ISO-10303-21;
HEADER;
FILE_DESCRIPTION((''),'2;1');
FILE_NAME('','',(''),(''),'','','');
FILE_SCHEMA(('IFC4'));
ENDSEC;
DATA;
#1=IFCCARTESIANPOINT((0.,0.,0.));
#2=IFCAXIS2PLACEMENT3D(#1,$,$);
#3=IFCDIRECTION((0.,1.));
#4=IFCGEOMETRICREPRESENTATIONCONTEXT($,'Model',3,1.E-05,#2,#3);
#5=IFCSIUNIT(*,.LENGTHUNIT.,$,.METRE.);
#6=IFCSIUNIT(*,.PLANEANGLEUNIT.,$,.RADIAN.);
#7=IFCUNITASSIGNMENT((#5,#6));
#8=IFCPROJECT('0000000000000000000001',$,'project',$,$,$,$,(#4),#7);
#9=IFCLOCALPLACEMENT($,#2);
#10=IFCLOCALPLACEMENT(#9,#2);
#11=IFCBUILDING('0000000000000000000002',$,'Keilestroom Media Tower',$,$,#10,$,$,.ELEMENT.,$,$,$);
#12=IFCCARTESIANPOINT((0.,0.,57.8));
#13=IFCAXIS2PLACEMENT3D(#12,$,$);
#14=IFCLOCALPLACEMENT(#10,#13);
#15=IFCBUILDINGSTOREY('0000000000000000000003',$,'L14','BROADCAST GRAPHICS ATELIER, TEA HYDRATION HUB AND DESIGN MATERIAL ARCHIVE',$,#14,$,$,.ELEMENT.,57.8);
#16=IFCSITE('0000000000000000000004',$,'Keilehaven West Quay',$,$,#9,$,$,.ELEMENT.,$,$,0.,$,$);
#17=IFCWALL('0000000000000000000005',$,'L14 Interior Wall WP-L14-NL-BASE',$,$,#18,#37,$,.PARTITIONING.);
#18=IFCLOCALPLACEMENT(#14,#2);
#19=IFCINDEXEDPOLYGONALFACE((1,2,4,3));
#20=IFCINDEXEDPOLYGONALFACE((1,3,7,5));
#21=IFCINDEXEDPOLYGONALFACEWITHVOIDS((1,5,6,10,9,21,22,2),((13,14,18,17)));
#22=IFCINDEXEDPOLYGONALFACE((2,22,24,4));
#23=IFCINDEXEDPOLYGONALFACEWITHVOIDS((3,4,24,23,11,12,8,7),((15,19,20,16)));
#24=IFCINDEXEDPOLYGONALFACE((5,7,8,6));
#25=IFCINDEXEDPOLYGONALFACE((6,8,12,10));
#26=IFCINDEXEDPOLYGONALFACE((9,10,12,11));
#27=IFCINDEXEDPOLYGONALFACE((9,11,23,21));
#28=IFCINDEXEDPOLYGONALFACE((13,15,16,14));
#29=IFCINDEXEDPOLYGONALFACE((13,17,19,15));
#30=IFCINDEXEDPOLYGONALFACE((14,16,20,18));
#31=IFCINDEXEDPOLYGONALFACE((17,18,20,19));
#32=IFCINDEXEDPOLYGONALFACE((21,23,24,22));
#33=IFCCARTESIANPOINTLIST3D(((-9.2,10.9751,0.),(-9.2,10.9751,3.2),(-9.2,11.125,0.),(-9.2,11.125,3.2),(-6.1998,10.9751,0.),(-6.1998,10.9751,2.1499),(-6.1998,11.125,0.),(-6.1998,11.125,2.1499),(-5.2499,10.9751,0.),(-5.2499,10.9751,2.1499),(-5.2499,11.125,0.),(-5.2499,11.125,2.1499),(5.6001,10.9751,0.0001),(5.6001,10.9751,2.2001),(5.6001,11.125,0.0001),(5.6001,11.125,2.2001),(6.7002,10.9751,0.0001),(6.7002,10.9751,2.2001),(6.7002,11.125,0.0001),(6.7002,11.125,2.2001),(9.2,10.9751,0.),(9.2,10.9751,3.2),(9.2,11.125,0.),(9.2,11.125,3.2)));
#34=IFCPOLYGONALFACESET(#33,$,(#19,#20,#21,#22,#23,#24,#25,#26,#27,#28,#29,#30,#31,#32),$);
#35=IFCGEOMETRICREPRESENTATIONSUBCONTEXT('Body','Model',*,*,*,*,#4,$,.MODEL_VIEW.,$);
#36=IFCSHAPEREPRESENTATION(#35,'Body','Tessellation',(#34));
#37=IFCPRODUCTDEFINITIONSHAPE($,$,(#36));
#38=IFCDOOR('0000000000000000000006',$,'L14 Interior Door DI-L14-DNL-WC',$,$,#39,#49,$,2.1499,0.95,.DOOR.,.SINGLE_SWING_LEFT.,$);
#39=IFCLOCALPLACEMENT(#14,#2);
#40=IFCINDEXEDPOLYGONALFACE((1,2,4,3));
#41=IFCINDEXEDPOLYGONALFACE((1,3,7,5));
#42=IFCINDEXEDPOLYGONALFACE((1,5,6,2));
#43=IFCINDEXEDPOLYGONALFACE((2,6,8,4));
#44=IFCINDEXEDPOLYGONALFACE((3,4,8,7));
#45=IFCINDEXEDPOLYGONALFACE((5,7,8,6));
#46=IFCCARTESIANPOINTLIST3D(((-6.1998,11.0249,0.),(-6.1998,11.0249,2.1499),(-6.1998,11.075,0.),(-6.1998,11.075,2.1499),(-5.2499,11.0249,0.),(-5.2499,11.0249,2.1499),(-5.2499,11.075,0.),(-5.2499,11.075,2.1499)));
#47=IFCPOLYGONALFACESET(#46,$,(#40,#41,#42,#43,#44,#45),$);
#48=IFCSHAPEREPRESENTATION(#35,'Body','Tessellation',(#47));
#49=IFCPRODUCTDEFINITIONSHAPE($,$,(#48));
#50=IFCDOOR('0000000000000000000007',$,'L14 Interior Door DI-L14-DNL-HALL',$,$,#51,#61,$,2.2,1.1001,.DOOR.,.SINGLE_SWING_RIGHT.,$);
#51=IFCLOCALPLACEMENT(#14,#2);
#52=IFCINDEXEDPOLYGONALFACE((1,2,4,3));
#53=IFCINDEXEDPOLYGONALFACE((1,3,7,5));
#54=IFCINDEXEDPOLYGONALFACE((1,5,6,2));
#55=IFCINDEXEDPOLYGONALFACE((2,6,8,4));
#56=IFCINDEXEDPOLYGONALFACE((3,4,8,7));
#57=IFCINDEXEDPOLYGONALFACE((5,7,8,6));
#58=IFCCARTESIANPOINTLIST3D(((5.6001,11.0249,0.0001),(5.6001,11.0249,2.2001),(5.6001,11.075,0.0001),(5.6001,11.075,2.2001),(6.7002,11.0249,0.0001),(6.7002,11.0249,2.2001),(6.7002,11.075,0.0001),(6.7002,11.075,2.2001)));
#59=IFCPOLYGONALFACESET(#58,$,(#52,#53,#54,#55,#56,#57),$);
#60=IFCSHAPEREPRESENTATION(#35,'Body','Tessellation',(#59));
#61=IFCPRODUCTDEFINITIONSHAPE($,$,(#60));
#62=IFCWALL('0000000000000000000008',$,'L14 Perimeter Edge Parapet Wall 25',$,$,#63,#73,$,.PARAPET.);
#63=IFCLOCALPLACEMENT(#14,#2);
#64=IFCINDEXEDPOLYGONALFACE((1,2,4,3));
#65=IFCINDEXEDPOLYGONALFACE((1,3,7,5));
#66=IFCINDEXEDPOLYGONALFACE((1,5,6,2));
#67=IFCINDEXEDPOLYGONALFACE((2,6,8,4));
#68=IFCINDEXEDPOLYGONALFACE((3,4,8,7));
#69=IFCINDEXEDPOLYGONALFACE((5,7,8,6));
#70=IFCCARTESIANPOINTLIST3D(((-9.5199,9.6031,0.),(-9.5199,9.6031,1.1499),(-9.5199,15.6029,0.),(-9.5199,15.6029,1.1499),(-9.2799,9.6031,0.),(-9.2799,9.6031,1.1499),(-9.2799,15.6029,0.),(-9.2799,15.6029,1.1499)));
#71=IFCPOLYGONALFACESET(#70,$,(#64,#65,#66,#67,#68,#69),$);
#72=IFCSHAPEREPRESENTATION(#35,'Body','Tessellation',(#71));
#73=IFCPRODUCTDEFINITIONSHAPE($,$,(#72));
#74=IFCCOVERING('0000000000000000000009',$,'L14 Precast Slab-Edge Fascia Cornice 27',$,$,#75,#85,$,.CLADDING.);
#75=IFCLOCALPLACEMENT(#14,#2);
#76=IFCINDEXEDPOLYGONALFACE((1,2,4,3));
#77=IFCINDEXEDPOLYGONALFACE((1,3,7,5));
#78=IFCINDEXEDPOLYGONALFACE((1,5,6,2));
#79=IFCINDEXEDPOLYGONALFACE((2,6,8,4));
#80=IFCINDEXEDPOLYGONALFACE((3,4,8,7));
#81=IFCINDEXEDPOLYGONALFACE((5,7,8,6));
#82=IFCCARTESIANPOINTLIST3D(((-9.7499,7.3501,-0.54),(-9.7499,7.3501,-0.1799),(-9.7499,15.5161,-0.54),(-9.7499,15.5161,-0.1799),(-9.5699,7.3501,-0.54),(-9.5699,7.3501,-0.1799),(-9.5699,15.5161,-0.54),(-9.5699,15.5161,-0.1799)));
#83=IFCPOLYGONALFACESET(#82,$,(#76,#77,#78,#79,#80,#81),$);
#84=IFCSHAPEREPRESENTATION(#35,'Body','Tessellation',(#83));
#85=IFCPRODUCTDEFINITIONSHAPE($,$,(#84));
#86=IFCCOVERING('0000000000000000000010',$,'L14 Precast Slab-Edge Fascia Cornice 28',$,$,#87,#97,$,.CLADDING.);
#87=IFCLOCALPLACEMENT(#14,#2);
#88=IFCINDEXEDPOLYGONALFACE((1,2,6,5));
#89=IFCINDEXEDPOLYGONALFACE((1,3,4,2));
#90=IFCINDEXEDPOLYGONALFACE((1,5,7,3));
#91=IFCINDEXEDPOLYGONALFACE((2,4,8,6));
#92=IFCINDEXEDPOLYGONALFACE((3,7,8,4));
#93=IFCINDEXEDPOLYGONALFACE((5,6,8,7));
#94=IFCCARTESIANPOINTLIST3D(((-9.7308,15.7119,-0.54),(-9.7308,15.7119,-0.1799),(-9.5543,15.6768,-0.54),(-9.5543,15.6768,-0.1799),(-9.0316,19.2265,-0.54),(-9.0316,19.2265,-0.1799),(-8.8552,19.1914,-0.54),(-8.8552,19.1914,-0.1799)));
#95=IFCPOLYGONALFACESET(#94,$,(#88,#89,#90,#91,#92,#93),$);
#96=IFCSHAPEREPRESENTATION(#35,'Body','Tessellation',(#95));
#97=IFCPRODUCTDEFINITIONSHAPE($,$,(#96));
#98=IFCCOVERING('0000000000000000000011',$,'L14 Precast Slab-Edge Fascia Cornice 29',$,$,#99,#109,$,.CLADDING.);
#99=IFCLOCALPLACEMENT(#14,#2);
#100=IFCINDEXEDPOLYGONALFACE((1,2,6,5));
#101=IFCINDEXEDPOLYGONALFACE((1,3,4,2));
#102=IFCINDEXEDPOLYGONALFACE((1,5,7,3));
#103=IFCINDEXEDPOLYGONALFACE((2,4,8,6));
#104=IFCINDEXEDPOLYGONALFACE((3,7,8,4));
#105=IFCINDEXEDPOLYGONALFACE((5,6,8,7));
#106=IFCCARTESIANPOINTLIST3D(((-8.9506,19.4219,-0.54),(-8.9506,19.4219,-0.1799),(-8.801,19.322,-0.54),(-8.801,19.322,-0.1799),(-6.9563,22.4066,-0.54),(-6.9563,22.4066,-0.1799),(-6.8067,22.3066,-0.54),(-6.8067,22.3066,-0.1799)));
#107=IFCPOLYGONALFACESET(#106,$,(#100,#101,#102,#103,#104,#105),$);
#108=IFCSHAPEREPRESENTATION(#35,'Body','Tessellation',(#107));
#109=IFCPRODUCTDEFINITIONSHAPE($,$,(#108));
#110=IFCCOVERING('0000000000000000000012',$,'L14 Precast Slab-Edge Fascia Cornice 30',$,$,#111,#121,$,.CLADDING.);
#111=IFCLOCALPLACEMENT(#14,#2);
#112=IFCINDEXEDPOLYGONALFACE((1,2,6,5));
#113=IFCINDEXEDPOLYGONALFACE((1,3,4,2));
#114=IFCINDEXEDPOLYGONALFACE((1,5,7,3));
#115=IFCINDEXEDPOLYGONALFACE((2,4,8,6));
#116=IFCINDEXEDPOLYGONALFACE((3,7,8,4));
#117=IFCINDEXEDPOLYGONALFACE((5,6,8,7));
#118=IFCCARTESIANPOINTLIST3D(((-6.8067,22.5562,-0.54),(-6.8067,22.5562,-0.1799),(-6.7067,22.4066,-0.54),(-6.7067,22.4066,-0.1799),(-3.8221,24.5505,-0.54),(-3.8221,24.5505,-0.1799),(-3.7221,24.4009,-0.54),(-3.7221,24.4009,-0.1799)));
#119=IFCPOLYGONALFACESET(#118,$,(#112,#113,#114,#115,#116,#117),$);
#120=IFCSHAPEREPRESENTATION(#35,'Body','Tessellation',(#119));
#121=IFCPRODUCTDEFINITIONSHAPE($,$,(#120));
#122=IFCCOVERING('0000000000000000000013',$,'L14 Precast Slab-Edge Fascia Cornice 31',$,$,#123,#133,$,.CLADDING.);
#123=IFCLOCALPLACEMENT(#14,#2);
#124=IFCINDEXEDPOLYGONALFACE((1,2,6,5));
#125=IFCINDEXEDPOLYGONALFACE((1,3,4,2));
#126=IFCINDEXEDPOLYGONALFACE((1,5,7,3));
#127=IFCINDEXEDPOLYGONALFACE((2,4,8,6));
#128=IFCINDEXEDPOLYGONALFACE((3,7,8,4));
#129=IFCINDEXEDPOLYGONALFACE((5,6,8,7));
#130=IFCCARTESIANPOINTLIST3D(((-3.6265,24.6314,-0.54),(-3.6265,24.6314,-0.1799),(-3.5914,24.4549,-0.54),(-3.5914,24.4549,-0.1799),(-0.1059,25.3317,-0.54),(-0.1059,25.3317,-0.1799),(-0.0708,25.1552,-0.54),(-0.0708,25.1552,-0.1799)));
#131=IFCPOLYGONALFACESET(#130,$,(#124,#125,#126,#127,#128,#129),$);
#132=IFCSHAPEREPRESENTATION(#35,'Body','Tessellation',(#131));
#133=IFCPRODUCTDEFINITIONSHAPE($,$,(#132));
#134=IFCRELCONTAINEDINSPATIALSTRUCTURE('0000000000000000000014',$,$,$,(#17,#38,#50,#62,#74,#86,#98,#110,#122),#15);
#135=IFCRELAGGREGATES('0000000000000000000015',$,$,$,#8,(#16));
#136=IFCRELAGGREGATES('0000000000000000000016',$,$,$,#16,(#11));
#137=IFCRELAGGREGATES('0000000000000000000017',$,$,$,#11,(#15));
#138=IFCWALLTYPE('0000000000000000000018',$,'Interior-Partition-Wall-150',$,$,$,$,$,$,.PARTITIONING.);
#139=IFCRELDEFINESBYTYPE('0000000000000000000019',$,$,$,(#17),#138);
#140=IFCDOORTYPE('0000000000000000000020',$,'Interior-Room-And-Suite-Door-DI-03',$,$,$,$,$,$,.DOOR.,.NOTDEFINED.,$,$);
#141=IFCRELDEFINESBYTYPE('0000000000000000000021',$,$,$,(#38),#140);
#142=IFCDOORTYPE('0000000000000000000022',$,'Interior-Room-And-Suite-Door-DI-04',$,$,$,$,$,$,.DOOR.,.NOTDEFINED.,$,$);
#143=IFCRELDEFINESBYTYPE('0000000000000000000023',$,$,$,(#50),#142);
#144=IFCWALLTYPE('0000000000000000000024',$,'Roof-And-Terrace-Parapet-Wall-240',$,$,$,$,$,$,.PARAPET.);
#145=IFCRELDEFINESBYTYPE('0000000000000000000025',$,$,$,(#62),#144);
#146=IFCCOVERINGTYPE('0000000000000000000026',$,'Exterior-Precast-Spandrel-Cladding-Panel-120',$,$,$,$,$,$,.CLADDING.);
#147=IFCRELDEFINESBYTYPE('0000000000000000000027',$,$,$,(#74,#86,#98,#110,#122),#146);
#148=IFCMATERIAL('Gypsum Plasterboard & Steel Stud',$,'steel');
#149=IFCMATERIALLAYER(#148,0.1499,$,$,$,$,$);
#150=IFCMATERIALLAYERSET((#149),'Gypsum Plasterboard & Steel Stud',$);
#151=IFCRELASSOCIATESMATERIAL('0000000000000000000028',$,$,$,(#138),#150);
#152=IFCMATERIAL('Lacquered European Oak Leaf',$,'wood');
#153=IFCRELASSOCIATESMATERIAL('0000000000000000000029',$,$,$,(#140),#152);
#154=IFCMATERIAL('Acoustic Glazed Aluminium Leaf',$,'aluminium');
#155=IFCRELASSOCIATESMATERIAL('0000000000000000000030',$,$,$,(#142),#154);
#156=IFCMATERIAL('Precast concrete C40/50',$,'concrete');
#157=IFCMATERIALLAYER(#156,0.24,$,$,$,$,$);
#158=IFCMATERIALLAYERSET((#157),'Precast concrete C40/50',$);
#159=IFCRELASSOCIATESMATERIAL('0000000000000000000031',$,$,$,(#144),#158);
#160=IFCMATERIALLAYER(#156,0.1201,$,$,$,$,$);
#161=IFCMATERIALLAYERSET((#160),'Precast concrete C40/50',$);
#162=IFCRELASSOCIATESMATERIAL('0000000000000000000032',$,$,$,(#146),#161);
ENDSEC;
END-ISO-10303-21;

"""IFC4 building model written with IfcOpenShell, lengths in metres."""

from ifc_helpers import new_model, si_unit, direction, frame, frame_2d, origin, origin_2d, place, context, subcontext, project, spatial, rectangle, extrude, source, transform, mapped, material, layer, layer_set, type_object, element, fill, save


model = new_model("IFC4")

# Units and contexts
model_context = context("Model", 3, precision=1e-05, world=origin(), true_north=direction((0.0, 1.0)))
body_context = subcontext(model_context, "Body", "Model", "MODEL_VIEW")
ifc_project = project(units=[si_unit("LENGTHUNIT", "METRE"), si_unit("PLANEANGLEUNIT", "RADIAN")], contexts=[model_context])

# Site, building, storey
site_placement = place(None, origin())
site = spatial("IfcSite", under=ifc_project, at=site_placement, Name="Keilehaven West Quay", CompositionType="ELEMENT", RefElevation=0.0)
building_placement = place(site_placement, origin())
building = spatial("IfcBuilding", under=site, at=building_placement, Name="Keilestroom Media Tower", CompositionType="ELEMENT")
storey_placement = place(building_placement, frame((0.0, 0.0, 57.8)))
storey = spatial("IfcBuildingStorey", under=building, at=storey_placement, Name="L14", Description="BROADCAST GRAPHICS ATELIER, TEA HYDRATION HUB AND DESIGN MATERIAL ARCHIVE", CompositionType="ELEMENT", Elevation=57.8)

# Shared definitions
ifc_material_1 = material(Name="Precast concrete C40/50", Category="concrete")
ifc_material_2 = material(Name="Gypsum Plasterboard & Steel Stud", Category="steel")

# Wall, openings, doors
ifc_layer_1 = layer(ifc_material_2, 0.1499)
ifc_layer_set_1 = layer_set([ifc_layer_1], Name="Gypsum Plasterboard & Steel Stud")
wall_type_1 = type_object("IfcWallType", Name="Interior-Partition-Wall-150", PredefinedType="PARTITIONING", material=ifc_layer_set_1)
wall_1_placement = place(storey_placement, frame((-9.2, 11.05, 0.0), z_axis=(0.0, 0.0, 1.0), x_axis=(1.0, 0.0, 0.0)))
wall_1 = element("IfcWall", 1, at=wall_1_placement, inside=storey, type_object=wall_type_1, Name="L14 Interior Wall WP-L14-NL-BASE", PredefinedType="PARTITIONING", context=body_context, shape_type="SweptSolid", body=[
    extrude(rectangle(XDim=18.3999, YDim=0.1499, at=frame_2d((9.2, 0.0))), origin(), (0.0, 0.0, 1.0), 3.2),
])
opening_1_placement = place(wall_1_placement, frame((3.0, 0.0, 0.0)))
opening_1 = element("IfcOpeningElement", 2, at=opening_1_placement, cuts=wall_1, PredefinedType="OPENING", context=body_context, shape_type="SweptSolid", body=[
    extrude(rectangle(XDim=0.95, YDim=2.1499, at=frame_2d((0.4751, 1.075))), frame((0.0, 0.085, 0.0), z_axis=(0.0, -1.0, 0.0), x_axis=(1.0, 0.0, 0.0)), (0.0, 0.0, 1.0), 0.1699),
])
opening_2_placement = place(wall_1_placement, frame((14.8, 0.0, 0.0)))
opening_2 = element("IfcOpeningElement", 3, at=opening_2_placement, cuts=wall_1, PredefinedType="OPENING", context=body_context, shape_type="SweptSolid", body=[
    extrude(rectangle(XDim=1.1001, YDim=2.2, at=frame_2d((0.55, 1.1001))), frame((0.0, 0.085, 0.0), z_axis=(0.0, -1.0, 0.0), x_axis=(1.0, 0.0, 0.0)), (0.0, 0.0, 1.0), 0.1699),
])
ifc_material_3 = material(Name="Lacquered European Oak Leaf", Category="wood")
door_type_1 = type_object("IfcDoorType", Name="Interior-Room-And-Suite-Door-DI-03", OperationType="NOTDEFINED", PredefinedType="DOOR", material=ifc_material_3)
shared_shape_1 = source(origin(), body_context, "Body", "SweptSolid", [
    extrude(rectangle(XDim=0.95, YDim=2.1499, at=frame_2d((0.4751, 1.075))), frame((0.0, 0.0249, 0.0), z_axis=(0.0, -1.0, 0.0), x_axis=(1.0, 0.0, 0.0)), (0.0, 0.0, 1.0), 0.05),
])
door_1_placement = place(opening_1_placement, origin())
door_1 = element("IfcDoor", 4, at=door_1_placement, inside=storey, type_object=door_type_1, Name="L14 Interior Door DI-L14-DNL-WC", OperationType="SINGLE_SWING_LEFT", OverallHeight=2.1499, OverallWidth=0.95, PredefinedType="DOOR", context=body_context, shape_type="MappedRepresentation", body=[
    mapped(shared_shape_1, transform((0.0, 0.0, 0.0), x_axis=(1.0, 0.0, 0.0), y_axis=(0.0, 1.0, 0.0), z_axis=(0.0, 0.0, 1.0), scale=1.0)),
])
fill(opening_1, door_1)
ifc_material_4 = material(Name="Acoustic Glazed Aluminium Leaf", Category="aluminium")
door_type_2 = type_object("IfcDoorType", Name="Interior-Room-And-Suite-Door-DI-04", OperationType="NOTDEFINED", PredefinedType="DOOR", material=ifc_material_4)
shared_shape_2 = source(origin(), body_context, "Body", "SweptSolid", [
    extrude(rectangle(XDim=1.1001, YDim=2.2, at=frame_2d((0.55, 1.1001))), frame((0.0, 0.0249, 0.0), z_axis=(0.0, -1.0, 0.0), x_axis=(1.0, 0.0, 0.0)), (0.0, 0.0, 1.0), 0.05),
])
door_2_placement = place(opening_2_placement, origin())
door_2 = element("IfcDoor", 5, at=door_2_placement, inside=storey, type_object=door_type_2, Name="L14 Interior Door DI-L14-DNL-HALL", OperationType="SINGLE_SWING_RIGHT", OverallHeight=2.2, OverallWidth=1.1001, PredefinedType="DOOR", context=body_context, shape_type="MappedRepresentation", body=[
    mapped(shared_shape_2, transform((0.0, 0.0, 0.0), x_axis=(1.0, 0.0, 0.0), y_axis=(0.0, 1.0, 0.0), z_axis=(0.0, 0.0, 1.0), scale=1.0)),
])
fill(opening_2, door_2)

# Wall
ifc_layer_2 = layer(ifc_material_1, 0.24)
ifc_layer_set_2 = layer_set([ifc_layer_2], Name="Precast concrete C40/50")
wall_type_2 = type_object("IfcWallType", Name="Roof-And-Terrace-Parapet-Wall-240", PredefinedType="PARAPET", material=ifc_layer_set_2)
wall_2_placement = place(storey_placement, frame((-9.3999, 9.603, 0.0), z_axis=(0.0, 0.0, 1.0), x_axis=(0.0, 1.0, 0.0)))
element("IfcWall", 6, at=wall_2_placement, inside=storey, type_object=wall_type_2, Name="L14 Perimeter Edge Parapet Wall 25", PredefinedType="PARAPET", context=body_context, shape_type="SweptSolid", body=[
    extrude(rectangle(XDim=5.9998, YDim=0.24, at=frame_2d((3.0, 0.0))), origin(), (0.0, 0.0, 1.0), 1.1499),
])

# Coverings
ifc_layer_3 = layer(ifc_material_1, 0.1201)
ifc_layer_set_3 = layer_set([ifc_layer_3], Name="Precast concrete C40/50")
covering_type = type_object("IfcCoveringType", Name="Exterior-Precast-Spandrel-Cladding-Panel-120", PredefinedType="CLADDING", material=ifc_layer_set_3)
shared_shape_3 = source(origin(), body_context, "Body", "SweptSolid", [
    extrude(rectangle(XDim=8.166, YDim=0.1799, at=origin_2d()), origin(), (0.0, 0.0, 1.0), 0.3601),
])
covering_1_placement = place(storey_placement, frame((-9.6599, 11.4331, -0.54), z_axis=(0.0, 0.0, 1.0), x_axis=(0.0, 1.0, 0.0)))
element("IfcCovering", 7, at=covering_1_placement, inside=storey, type_object=covering_type, Name="L14 Precast Slab-Edge Fascia Cornice 27", PredefinedType="CLADDING", context=body_context, shape_type="MappedRepresentation", body=[
    mapped(shared_shape_3, transform((0.0, 0.0, 0.0), x_axis=(1.0, 0.0, 0.0), y_axis=(0.0, 1.0, 0.0), z_axis=(0.0, 0.0, 1.0), scale=1.0)),
])
shared_shape_4 = source(origin(), body_context, "Body", "SweptSolid", [
    extrude(rectangle(XDim=3.5835, YDim=0.1799, at=origin_2d()), origin(), (0.0, 0.0, 1.0), 0.3601),
])
covering_2_placement = place(storey_placement, frame((-9.293, 17.4517, -0.54), z_axis=(0.0, 0.0, 1.0), x_axis=(0.195099, 0.980784, 0.0)))
element("IfcCovering", 8, at=covering_2_placement, inside=storey, type_object=covering_type, Name="L14 Precast Slab-Edge Fascia Cornice 28", PredefinedType="CLADDING", context=body_context, shape_type="MappedRepresentation", body=[
    mapped(shared_shape_4, transform((0.0, 0.0, 0.0), x_axis=(1.0, 0.0, 0.0), y_axis=(0.0, 1.0, 0.0), z_axis=(0.0, 0.0, 1.0), scale=1.0)),
])
shared_shape_5 = source(origin(), body_context, "Body", "SweptSolid", [
    extrude(rectangle(XDim=3.5896, YDim=0.1799, at=origin_2d()), origin(), (0.0, 0.0, 1.0), 0.3601),
])
for number, where, z_axis, x_axis, name in (
    (9, (-7.8787, 20.8643, -0.54), (0.0, 0.0, 1.0), (0.555575, 0.831467, 0.0), "L14 Precast Slab-Edge Fascia Cornice 29"),
    (10, (-5.2644, 23.4785, -0.54), (0.0, 0.0, 1.0), (0.831467, 0.555575, 0.0), "L14 Precast Slab-Edge Fascia Cornice 30"),
    (11, (-1.8486, 24.8933, -0.54), (0.0, 0.0, 1.0), (0.980784, 0.195099, 0.0), "L14 Precast Slab-Edge Fascia Cornice 31"),
):
    element("IfcCovering", number, at=place(storey_placement, frame(where, z_axis=z_axis, x_axis=x_axis)), inside=storey, type_object=covering_type, Name=name, PredefinedType="CLADDING", context=body_context, shape_type="MappedRepresentation", body=[
        mapped(shared_shape_5, transform((0.0, 0.0, 0.0), x_axis=(1.0, 0.0, 0.0), y_axis=(0.0, 1.0, 0.0), z_axis=(0.0, 0.0, 1.0), scale=1.0)),
    ])

save(model, "model.ifc")
